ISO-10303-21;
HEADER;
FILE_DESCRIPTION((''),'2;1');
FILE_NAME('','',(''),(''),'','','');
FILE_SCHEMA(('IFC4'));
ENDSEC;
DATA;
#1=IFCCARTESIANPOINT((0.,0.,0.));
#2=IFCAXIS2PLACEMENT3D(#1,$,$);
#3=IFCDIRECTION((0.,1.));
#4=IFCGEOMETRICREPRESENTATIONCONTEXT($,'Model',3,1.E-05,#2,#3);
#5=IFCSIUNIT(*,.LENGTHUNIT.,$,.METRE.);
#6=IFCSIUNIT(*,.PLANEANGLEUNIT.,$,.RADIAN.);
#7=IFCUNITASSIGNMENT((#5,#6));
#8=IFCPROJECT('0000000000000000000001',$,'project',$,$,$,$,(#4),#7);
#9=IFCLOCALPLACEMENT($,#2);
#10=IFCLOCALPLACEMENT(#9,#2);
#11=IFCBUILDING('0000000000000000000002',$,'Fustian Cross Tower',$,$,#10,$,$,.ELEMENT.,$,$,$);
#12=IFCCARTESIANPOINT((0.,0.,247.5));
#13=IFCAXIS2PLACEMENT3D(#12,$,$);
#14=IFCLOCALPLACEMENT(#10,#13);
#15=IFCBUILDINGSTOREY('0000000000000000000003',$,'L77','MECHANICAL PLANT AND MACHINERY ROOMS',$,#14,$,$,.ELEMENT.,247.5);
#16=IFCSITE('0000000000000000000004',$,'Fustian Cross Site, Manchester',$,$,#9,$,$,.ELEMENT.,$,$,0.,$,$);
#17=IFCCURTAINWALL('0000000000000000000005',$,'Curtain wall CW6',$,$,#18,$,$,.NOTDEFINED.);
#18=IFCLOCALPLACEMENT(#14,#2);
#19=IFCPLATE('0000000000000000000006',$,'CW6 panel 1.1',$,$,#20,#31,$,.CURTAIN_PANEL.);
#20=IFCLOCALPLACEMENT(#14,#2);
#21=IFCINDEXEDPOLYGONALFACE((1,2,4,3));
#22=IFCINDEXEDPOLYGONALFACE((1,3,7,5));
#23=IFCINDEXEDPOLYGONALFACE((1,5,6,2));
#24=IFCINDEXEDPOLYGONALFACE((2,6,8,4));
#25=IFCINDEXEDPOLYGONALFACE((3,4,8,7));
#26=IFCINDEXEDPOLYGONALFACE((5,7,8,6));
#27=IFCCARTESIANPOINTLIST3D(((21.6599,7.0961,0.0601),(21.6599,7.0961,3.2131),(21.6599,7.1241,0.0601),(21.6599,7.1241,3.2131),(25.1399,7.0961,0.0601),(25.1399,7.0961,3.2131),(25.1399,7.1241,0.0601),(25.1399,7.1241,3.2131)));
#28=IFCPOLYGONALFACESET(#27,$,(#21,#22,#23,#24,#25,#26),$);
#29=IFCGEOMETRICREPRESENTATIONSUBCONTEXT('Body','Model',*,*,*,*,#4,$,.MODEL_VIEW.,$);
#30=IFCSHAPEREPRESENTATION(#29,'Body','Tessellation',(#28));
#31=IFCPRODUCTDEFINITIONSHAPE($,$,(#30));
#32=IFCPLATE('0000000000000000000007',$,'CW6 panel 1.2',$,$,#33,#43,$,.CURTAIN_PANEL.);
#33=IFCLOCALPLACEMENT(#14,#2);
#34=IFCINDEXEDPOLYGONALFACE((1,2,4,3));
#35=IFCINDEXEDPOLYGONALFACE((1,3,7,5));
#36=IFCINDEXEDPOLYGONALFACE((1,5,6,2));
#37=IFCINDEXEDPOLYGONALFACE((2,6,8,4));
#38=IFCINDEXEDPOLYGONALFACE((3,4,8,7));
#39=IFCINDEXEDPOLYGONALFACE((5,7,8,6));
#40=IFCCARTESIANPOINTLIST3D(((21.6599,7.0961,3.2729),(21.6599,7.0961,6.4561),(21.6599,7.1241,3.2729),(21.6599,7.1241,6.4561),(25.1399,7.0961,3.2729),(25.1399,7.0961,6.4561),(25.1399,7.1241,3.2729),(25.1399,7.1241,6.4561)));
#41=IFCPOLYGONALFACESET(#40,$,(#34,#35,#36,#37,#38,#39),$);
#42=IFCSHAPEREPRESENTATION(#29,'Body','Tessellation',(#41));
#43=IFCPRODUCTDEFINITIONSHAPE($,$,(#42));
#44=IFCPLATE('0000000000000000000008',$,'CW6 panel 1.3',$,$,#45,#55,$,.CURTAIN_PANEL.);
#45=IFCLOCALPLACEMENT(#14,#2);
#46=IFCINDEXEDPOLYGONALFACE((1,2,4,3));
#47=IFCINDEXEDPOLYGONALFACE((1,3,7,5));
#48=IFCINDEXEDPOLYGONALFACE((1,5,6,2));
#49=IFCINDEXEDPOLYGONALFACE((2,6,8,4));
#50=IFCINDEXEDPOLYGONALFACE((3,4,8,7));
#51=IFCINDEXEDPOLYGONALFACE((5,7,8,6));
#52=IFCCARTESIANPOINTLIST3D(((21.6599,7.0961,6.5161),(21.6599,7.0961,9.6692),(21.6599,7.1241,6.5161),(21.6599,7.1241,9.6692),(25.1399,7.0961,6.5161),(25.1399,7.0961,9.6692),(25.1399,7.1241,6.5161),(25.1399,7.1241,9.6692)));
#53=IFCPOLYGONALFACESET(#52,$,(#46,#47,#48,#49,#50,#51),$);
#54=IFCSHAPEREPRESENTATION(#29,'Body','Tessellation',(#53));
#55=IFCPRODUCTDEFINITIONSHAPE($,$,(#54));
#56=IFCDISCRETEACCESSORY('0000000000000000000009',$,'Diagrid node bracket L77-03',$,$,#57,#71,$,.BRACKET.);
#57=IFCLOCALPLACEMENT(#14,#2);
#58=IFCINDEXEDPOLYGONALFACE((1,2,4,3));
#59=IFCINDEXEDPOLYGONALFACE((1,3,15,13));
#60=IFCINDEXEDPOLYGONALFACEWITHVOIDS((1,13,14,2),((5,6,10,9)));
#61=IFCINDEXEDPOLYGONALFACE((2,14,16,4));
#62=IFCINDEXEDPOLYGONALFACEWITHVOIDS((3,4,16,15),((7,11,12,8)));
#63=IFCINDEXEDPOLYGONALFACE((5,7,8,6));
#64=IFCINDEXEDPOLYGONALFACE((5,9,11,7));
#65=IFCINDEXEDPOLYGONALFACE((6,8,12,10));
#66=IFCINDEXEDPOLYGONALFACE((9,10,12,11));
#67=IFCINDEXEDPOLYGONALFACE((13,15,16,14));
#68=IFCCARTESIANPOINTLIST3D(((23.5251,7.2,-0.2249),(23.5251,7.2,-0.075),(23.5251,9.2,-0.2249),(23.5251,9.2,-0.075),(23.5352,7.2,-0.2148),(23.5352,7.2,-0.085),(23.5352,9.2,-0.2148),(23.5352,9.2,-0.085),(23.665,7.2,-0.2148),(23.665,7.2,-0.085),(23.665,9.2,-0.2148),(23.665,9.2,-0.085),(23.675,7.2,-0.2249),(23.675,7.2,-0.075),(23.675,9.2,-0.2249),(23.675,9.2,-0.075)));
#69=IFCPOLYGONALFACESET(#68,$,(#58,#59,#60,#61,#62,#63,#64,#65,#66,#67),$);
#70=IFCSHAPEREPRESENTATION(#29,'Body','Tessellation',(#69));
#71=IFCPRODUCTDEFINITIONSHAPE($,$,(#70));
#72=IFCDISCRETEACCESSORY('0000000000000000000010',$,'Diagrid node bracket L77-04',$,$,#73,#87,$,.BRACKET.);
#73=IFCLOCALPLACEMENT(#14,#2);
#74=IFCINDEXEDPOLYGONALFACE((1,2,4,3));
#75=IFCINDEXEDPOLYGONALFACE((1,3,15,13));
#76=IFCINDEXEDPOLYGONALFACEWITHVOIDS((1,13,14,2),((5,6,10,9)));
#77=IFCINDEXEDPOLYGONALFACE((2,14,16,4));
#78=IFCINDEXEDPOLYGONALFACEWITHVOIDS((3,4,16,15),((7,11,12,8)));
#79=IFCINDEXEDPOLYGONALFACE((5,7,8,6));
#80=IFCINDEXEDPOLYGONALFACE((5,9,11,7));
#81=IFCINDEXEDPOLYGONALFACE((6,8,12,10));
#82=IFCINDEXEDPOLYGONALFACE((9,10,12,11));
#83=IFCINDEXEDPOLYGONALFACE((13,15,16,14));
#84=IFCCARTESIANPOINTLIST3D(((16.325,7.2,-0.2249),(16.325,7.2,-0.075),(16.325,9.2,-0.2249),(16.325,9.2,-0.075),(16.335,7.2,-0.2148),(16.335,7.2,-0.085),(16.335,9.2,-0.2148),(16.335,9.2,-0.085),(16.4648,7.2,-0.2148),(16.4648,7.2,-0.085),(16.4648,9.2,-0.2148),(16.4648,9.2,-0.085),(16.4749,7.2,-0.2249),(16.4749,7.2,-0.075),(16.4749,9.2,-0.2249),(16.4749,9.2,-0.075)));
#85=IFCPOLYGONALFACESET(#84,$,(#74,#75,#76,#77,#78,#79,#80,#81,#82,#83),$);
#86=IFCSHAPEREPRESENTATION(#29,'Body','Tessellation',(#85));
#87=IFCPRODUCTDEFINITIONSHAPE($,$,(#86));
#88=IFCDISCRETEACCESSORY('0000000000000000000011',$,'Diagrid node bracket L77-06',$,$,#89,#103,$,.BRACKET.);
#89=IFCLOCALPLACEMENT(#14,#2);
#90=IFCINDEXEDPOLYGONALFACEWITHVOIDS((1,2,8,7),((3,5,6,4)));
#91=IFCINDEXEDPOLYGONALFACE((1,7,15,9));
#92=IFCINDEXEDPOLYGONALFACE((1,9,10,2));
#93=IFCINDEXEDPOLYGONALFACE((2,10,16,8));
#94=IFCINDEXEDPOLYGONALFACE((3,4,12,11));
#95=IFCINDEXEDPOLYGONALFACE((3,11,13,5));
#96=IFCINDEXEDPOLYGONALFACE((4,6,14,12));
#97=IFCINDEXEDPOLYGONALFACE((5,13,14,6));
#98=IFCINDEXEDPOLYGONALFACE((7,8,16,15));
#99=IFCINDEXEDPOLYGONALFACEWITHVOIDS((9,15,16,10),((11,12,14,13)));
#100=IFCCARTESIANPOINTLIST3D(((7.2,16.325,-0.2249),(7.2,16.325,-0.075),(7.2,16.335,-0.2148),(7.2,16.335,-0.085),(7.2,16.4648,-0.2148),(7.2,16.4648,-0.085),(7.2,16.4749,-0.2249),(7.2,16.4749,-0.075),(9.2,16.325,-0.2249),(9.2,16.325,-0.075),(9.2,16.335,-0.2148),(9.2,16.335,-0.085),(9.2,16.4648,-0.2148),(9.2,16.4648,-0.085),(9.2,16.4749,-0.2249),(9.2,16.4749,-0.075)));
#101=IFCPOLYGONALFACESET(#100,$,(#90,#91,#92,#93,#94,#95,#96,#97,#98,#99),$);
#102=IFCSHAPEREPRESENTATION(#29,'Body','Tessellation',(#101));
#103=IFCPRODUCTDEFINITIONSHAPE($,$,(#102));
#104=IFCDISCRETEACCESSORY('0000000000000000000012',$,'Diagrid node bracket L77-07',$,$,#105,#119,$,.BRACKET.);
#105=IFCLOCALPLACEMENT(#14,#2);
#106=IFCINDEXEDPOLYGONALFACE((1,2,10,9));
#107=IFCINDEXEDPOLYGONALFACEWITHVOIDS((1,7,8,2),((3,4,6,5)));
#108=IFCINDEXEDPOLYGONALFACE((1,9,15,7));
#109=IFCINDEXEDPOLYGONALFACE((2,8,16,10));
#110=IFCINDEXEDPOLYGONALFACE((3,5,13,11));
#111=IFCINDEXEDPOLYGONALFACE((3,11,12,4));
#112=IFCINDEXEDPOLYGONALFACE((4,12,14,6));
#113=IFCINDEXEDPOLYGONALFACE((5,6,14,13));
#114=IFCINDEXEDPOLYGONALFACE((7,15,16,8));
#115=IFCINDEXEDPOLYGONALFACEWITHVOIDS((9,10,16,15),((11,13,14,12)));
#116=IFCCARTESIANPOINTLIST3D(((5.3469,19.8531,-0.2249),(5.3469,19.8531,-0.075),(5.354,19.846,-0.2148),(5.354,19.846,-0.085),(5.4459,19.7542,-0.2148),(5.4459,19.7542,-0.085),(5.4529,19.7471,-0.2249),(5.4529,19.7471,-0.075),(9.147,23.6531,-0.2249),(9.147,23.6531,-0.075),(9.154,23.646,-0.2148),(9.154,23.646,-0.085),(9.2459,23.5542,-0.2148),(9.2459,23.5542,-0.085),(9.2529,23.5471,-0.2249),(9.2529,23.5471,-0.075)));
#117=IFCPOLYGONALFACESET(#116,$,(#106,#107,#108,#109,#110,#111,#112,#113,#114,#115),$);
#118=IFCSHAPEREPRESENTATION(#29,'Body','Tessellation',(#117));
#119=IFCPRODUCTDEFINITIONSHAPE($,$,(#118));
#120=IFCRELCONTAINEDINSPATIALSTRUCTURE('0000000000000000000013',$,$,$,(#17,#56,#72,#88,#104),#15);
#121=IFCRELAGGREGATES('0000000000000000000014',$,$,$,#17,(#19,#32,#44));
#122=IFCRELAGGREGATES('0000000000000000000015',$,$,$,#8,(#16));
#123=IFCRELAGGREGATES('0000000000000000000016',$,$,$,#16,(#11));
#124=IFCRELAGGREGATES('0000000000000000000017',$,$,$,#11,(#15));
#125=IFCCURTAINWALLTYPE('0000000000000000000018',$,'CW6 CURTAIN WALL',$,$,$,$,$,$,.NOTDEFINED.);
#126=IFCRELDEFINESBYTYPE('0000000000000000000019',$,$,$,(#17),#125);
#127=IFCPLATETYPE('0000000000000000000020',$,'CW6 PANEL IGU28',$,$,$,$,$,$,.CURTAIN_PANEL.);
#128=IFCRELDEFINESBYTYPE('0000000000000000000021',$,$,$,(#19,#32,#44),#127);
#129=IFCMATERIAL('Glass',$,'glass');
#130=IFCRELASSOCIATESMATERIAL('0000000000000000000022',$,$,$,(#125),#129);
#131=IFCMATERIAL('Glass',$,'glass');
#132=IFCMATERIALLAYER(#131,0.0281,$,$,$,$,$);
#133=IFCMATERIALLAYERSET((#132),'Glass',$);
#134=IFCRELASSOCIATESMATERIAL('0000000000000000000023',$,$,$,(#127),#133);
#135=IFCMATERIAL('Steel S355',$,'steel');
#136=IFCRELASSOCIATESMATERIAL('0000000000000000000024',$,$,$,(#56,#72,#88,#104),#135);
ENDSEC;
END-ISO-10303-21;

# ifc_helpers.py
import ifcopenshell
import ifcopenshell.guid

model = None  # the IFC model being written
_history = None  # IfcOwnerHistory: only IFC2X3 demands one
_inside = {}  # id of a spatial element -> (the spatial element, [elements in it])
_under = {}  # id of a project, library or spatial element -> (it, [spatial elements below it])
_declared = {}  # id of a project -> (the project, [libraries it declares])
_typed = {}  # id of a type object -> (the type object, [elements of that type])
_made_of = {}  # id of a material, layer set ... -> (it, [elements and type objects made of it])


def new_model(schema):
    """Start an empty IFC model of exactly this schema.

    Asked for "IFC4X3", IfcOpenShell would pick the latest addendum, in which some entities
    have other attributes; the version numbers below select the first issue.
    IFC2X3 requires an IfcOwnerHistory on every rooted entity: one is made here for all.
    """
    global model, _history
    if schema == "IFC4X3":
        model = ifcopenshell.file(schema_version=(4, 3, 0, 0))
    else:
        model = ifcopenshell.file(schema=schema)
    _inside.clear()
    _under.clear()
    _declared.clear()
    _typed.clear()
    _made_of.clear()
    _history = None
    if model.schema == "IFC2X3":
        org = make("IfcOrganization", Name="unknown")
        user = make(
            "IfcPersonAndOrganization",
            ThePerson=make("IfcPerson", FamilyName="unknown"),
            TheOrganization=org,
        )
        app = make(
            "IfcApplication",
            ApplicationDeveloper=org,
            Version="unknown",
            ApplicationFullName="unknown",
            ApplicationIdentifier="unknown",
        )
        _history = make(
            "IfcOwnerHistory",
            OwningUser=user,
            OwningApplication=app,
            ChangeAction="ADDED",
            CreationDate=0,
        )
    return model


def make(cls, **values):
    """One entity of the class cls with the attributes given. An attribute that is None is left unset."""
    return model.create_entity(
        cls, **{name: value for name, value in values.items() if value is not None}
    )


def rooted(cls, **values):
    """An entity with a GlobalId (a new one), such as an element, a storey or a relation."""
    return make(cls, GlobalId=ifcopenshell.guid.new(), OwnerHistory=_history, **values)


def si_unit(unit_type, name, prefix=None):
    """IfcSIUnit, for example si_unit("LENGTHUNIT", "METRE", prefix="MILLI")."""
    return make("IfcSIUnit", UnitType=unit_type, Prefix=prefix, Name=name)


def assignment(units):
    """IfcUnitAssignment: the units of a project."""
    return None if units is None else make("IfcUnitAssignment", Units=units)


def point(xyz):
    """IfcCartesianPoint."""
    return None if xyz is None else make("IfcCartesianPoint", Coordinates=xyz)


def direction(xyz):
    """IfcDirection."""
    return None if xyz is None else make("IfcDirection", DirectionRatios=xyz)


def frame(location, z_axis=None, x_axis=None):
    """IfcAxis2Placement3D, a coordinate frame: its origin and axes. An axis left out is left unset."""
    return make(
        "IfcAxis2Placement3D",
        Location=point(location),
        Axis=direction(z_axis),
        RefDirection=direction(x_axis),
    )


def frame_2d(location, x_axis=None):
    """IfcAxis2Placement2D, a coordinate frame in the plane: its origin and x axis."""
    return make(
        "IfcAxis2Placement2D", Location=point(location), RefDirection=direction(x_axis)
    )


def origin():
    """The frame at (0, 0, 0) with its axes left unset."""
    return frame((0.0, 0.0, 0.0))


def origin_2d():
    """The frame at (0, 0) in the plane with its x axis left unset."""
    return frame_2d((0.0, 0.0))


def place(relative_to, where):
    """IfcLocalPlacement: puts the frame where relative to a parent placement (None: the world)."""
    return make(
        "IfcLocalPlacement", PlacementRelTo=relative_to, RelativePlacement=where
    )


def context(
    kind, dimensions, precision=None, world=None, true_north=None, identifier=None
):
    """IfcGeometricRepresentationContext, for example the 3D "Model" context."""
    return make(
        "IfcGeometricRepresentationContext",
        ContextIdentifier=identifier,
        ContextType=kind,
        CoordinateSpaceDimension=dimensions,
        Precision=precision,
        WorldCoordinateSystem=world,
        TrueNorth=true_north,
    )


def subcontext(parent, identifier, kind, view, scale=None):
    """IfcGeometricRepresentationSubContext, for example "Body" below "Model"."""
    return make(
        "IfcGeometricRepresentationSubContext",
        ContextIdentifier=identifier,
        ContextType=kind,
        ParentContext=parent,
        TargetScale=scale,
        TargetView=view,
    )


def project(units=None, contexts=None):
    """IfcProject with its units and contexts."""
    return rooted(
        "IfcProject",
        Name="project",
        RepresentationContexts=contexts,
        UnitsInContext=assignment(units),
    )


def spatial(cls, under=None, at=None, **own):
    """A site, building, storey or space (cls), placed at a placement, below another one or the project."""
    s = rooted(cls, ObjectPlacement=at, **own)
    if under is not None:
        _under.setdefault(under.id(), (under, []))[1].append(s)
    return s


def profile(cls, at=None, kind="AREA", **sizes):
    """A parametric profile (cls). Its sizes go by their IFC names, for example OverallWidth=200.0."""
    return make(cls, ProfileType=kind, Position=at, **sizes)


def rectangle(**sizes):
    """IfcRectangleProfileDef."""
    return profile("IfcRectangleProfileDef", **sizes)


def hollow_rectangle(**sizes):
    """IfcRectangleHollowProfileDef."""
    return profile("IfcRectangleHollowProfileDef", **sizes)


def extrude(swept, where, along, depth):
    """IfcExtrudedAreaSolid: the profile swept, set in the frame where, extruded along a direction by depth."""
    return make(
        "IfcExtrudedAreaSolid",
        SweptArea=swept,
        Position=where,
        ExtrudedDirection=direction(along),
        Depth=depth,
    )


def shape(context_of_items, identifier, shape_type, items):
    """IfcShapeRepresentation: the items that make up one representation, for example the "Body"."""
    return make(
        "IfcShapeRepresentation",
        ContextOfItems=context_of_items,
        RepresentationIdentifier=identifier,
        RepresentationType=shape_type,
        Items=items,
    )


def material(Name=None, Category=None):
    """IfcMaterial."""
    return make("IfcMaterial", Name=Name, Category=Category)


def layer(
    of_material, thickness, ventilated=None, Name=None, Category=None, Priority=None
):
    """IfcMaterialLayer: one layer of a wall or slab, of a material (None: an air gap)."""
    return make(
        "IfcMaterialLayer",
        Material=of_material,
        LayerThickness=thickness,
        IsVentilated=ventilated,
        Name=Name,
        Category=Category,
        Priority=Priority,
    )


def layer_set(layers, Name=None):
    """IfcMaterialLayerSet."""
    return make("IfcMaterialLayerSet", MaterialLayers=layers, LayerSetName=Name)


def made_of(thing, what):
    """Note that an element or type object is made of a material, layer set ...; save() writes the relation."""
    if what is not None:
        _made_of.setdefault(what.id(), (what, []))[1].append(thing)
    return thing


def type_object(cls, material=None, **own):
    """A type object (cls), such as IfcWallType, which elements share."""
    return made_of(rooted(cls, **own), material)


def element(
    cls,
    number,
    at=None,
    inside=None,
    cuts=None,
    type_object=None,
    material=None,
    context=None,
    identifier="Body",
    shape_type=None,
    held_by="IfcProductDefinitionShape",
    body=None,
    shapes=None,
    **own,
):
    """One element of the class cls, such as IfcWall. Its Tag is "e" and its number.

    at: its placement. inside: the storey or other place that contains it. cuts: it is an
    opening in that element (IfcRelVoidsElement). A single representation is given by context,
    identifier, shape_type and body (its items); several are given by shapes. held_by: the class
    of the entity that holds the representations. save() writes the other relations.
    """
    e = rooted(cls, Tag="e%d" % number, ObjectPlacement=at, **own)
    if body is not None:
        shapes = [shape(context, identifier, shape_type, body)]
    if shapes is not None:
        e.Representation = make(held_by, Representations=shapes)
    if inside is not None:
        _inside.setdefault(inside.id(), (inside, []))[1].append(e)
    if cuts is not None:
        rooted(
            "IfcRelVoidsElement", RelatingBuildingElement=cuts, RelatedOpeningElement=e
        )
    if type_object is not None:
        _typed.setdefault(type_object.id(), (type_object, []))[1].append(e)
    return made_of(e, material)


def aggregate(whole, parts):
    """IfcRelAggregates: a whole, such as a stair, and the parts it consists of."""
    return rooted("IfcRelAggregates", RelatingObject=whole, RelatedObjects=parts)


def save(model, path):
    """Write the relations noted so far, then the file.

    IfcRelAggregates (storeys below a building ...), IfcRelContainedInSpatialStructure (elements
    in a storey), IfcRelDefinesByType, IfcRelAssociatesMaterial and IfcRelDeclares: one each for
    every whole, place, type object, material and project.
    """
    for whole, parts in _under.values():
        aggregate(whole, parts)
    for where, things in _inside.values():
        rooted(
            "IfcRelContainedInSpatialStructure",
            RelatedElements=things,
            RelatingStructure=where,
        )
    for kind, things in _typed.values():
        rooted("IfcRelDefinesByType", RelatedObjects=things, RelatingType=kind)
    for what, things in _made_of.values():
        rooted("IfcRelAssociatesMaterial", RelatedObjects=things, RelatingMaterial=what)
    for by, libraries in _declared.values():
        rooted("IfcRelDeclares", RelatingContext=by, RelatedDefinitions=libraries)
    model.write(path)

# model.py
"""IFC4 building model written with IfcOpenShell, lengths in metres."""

from ifc_helpers import new_model, si_unit, direction, frame, origin, origin_2d, place, context, subcontext, project, spatial, rectangle, hollow_rectangle, extrude, material, layer, layer_set, type_object, element, aggregate, save


model = new_model("IFC4")

# Units and contexts
model_context = context("Model", 3, precision=1e-05, world=origin(), true_north=direction((0.0, 1.0)))
body_context = subcontext(model_context, "Body", "Model", "MODEL_VIEW")
ifc_project = project(units=[si_unit("LENGTHUNIT", "METRE"), si_unit("PLANEANGLEUNIT", "RADIAN")], contexts=[model_context])

# Site, building, storey
site_placement = place(None, origin())
site = spatial("IfcSite", under=ifc_project, at=site_placement, Name="Fustian Cross Site, Manchester", CompositionType="ELEMENT", RefElevation=0.0)
building_placement = place(site_placement, origin())
building = spatial("IfcBuilding", under=site, at=building_placement, Name="Fustian Cross Tower", CompositionType="ELEMENT")
storey_placement = place(building_placement, frame((0.0, 0.0, 247.5)))
storey = spatial("IfcBuildingStorey", under=building, at=storey_placement, Name="L77", Description="MECHANICAL PLANT AND MACHINERY ROOMS", CompositionType="ELEMENT", Elevation=247.5)

# Curtain wall
ifc_material_1 = material(Name="Glass", Category="glass")
curtain_wall_type = type_object("IfcCurtainWallType", Name="CW6 CURTAIN WALL", PredefinedType="NOTDEFINED", material=ifc_material_1)
curtain_wall_placement = place(storey_placement, origin())
curtain_wall = element("IfcCurtainWall", 1, at=curtain_wall_placement, inside=storey, type_object=curtain_wall_type, Name="Curtain wall CW6", PredefinedType="NOTDEFINED")

# Plates
ifc_material_2 = material(Name="Glass", Category="glass")
ifc_layer = layer(ifc_material_2, 0.0281)
ifc_layer_set = layer_set([ifc_layer], Name="Glass")
plate_type = type_object("IfcPlateType", Name="CW6 PANEL IGU28", PredefinedType="CURTAIN_PANEL", material=ifc_layer_set)
plate_1_placement = place(storey_placement, frame((23.3999, 7.1101, 0.0601), z_axis=(0.0, 0.0, 1.0), x_axis=(-1.0, 0.0, 0.0)))
plate_1 = element("IfcPlate", 2, at=plate_1_placement, type_object=plate_type, Name="CW6 panel 1.1", PredefinedType="CURTAIN_PANEL", context=body_context, shape_type="SweptSolid", body=[
    extrude(rectangle(XDim=3.48, YDim=0.0281, at=origin_2d()), origin(), (0.0, 0.0, 1.0), 3.1531),
])
plate_2_placement = place(storey_placement, frame((23.3999, 7.1101, 3.2729), z_axis=(0.0, 0.0, 1.0), x_axis=(-1.0, 0.0, 0.0)))
plate_2 = element("IfcPlate", 3, at=plate_2_placement, type_object=plate_type, Name="CW6 panel 1.2", PredefinedType="CURTAIN_PANEL", context=body_context, shape_type="SweptSolid", body=[
    extrude(rectangle(XDim=3.48, YDim=0.0281, at=origin_2d()), origin(), (0.0, 0.0, 1.0), 3.1831),
])
plate_3_placement = place(storey_placement, frame((23.3999, 7.1101, 6.5161), z_axis=(0.0, 0.0, 1.0), x_axis=(-1.0, 0.0, 0.0)))
plate_3 = element("IfcPlate", 4, at=plate_3_placement, type_object=plate_type, Name="CW6 panel 1.3", PredefinedType="CURTAIN_PANEL", context=body_context, shape_type="SweptSolid", body=[
    extrude(rectangle(XDim=3.48, YDim=0.0281, at=origin_2d()), origin(), (0.0, 0.0, 1.0), 3.1531),
])
aggregate(curtain_wall, [plate_1, plate_2, plate_3])

# Discrete accessories
ifc_material_3 = material(Name="Steel S355", Category="steel")
for number, where, z_axis, x_axis, name in (
    (5, (23.6001, 9.2, -0.1499), (0.0, -1.0, 0.0), (1.0, 0.0, 0.0), "Diagrid node bracket L77-03"),
    (6, (16.3999, 9.2, -0.1499), (0.0, -1.0, 0.0), (1.0, 0.0, 0.0), "Diagrid node bracket L77-04"),
    (7, (9.2, 16.3999, -0.1499), (-1.0, 0.0, 0.0), (0.0, -1.0, 0.0), "Diagrid node bracket L77-06"),
):
    element("IfcDiscreteAccessory", number, at=place(storey_placement, frame(where, z_axis=z_axis, x_axis=x_axis)), inside=storey, material=ifc_material_3, Name=name, PredefinedType="BRACKET", context=body_context, shape_type="SweptSolid", body=[
        extrude(hollow_rectangle(XDim=0.1499, YDim=0.1499, WallThickness=0.01, at=origin_2d()), origin(), (0.0, 0.0, 1.0), 2.0),
    ])
discrete_accessory_placement = place(storey_placement, frame((9.2, 23.6001, -0.1499), z_axis=(-0.707107, -0.707107, 0.0), x_axis=(0.707107, -0.707107, 0.0)))
element("IfcDiscreteAccessory", 8, at=discrete_accessory_placement, inside=storey, material=ifc_material_3, Name="Diagrid node bracket L77-07", PredefinedType="BRACKET", context=body_context, shape_type="SweptSolid", body=[
    extrude(hollow_rectangle(XDim=0.1499, YDim=0.1499, WallThickness=0.01, at=origin_2d()), origin(), (0.0, 0.0, 1.0), 5.374),
])

save(model, "model.ifc")
